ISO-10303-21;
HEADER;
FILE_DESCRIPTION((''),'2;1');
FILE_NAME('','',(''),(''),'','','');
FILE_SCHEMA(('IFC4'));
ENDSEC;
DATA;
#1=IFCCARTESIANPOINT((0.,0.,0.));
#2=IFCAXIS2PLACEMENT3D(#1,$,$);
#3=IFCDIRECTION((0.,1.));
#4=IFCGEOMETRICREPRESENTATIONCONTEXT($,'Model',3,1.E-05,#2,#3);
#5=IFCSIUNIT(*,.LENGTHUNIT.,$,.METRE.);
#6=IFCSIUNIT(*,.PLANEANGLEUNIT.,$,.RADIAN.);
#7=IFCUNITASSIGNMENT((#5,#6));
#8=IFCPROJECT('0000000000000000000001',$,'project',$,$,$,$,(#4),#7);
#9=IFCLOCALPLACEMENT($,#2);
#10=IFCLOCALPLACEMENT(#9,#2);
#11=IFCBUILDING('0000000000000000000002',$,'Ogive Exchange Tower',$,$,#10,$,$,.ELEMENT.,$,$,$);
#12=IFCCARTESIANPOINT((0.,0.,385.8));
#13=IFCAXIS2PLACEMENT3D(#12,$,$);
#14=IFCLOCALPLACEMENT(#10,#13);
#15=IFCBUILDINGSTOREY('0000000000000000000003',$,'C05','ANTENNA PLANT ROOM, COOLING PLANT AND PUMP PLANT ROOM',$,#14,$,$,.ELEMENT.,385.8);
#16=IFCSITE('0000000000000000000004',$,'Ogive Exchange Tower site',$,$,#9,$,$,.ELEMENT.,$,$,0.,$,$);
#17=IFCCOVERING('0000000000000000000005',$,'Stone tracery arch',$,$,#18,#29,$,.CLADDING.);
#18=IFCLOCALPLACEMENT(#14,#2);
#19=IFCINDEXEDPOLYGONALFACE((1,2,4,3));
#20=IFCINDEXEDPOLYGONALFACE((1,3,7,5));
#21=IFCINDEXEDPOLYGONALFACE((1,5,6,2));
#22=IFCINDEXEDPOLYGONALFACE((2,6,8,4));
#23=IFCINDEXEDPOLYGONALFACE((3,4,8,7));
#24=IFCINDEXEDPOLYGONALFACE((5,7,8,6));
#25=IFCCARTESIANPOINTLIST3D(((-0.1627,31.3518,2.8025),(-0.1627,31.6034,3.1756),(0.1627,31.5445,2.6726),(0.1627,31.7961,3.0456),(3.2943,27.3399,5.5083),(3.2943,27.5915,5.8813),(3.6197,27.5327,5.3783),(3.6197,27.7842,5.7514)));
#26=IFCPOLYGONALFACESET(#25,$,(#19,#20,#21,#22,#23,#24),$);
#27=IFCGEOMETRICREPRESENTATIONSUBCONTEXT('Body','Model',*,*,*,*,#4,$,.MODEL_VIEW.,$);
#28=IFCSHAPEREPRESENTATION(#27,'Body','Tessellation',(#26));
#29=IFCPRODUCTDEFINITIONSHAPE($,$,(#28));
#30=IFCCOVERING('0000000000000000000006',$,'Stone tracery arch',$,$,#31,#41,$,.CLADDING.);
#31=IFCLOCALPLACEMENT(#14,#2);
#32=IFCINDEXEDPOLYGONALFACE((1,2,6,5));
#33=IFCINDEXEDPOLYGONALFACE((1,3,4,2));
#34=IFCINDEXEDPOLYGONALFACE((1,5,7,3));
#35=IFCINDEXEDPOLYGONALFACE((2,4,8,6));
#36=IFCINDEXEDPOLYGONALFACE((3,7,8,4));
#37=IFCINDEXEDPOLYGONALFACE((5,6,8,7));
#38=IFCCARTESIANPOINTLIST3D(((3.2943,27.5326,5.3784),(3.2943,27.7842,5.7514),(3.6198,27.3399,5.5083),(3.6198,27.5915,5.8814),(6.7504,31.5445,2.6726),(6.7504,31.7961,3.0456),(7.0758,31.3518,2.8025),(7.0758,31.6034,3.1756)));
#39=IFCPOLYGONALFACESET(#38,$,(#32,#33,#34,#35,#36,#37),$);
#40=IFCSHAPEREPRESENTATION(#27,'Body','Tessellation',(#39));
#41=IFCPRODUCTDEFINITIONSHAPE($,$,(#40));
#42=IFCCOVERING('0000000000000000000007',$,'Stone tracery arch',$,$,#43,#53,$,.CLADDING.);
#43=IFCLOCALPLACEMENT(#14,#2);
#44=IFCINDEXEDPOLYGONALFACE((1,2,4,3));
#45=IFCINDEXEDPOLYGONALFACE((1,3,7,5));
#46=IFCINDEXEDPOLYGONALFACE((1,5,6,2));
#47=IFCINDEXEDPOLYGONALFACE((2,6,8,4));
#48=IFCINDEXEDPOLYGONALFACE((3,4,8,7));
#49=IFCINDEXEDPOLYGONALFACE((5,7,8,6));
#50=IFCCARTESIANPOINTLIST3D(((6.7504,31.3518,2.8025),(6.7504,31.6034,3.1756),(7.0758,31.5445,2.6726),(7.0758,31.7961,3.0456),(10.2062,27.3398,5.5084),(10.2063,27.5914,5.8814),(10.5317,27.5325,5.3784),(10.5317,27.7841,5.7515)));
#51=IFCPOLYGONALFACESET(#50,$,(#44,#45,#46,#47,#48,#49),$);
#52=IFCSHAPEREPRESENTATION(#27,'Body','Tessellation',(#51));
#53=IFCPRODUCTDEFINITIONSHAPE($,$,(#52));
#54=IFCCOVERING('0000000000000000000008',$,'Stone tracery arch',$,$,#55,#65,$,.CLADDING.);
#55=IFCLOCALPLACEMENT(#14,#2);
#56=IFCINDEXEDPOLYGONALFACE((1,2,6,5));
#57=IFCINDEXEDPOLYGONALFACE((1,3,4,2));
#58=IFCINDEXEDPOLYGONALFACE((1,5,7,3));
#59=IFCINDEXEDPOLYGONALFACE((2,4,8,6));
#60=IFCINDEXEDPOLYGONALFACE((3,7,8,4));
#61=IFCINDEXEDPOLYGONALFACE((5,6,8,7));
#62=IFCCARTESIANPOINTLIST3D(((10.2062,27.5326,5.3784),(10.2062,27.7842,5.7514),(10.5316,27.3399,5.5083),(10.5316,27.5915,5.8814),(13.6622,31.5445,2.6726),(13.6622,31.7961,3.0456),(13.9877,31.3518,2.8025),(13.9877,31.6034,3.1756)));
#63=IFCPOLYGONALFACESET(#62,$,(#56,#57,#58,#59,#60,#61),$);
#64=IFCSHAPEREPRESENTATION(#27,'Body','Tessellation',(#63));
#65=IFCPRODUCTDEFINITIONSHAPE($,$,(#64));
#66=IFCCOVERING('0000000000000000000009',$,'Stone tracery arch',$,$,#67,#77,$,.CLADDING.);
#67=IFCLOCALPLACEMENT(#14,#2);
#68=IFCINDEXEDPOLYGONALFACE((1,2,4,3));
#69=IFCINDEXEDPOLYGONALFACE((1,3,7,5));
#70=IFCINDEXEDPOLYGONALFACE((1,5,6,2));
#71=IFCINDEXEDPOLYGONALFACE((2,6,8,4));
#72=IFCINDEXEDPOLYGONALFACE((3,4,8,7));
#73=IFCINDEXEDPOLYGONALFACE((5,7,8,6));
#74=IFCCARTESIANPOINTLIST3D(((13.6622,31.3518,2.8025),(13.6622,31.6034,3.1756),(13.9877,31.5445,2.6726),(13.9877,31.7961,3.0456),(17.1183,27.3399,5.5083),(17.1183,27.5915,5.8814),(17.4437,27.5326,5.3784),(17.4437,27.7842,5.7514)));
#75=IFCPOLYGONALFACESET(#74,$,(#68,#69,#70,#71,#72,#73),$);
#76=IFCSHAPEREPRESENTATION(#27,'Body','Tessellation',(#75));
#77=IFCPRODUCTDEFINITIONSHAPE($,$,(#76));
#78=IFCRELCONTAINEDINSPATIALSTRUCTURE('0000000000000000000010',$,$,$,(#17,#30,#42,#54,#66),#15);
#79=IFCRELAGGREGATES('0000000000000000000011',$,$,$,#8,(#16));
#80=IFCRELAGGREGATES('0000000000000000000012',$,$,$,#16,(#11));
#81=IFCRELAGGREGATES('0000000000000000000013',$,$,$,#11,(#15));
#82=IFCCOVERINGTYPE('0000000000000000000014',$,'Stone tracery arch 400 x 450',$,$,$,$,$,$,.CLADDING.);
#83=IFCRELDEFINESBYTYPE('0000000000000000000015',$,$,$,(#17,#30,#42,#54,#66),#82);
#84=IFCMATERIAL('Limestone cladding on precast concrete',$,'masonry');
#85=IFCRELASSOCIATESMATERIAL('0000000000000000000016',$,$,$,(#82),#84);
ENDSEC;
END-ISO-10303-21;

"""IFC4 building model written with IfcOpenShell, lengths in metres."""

from ifc_helpers import new_model, si_unit, direction, frame, origin, origin_2d, place, context, subcontext, project, spatial, rectangle, extrude, material, material_profile, profile_set, type_object, element, save


model = new_model("IFC4")

# Units and contexts
model_context = context("Model", 3, precision=1e-05, world=origin(), true_north=direction((0.0, 1.0)))
body_context = subcontext(model_context, "Body", "Model", "MODEL_VIEW")
ifc_project = project(units=[si_unit("LENGTHUNIT", "METRE"), si_unit("PLANEANGLEUNIT", "RADIAN")], contexts=[model_context])

# Site, building, storey
site_placement = place(None, origin())
site = spatial("IfcSite", under=ifc_project, at=site_placement, Name="Ogive Exchange Tower site", CompositionType="ELEMENT", RefElevation=0.0)
building_placement = place(site_placement, origin())
building = spatial("IfcBuilding", under=site, at=building_placement, Name="Ogive Exchange Tower", CompositionType="ELEMENT")
storey_placement = place(building_placement, frame((0.0, 0.0, 385.8)))
storey = spatial("IfcBuildingStorey", under=building, at=storey_placement, Name="C05", Description="ANTENNA PLANT ROOM, COOLING PLANT AND PUMP PLANT ROOM", CompositionType="ELEMENT", Elevation=385.8)

# Coverings
ifc_material_1 = material(Name="Limestone cladding on precast concrete", Category="masonry")
ifc_material_profile_1 = material_profile(ifc_material_1, rectangle(XDim=0.3999, YDim=0.45, at=origin_2d()), Name="TRACERY 400 x 450")
ifc_profile_set_1 = profile_set([ifc_material_profile_1], Name="Limestone cladding on precast concrete")
covering_type_1 = type_object("IfcCoveringType", Name="Stone tracery arch 400 x 450", PredefinedType="CLADDING", material=ifc_profile_set_1)
for number, where, z_axis, x_axis, name in (
    (1, (0.0, 31.574, 2.9241), (0.581294, -0.674605, 0.454978), (0.813693, 0.481935, -0.325025), "Stone tracery arch"),
):
    element("IfcCovering", number, at=place(storey_placement, frame(where, z_axis=z_axis, x_axis=x_axis)), inside=storey, type_object=covering_type_1, Name=name, PredefinedType="CLADDING", context=body_context, shape_type="SweptSolid", body=[
        extrude(rectangle(XDim=0.3999, YDim=0.45, at=origin_2d()), origin(), (0.0, 0.0, 1.0), 5.947),
    ])
for number, where, z_axis, x_axis, name in (
    (2, (6.9131, 31.574, 2.9241), (-0.581186, -0.67467, 0.455021), (0.813771, -0.48181, 0.325017), "Stone tracery arch"),
    (3, (6.9131, 31.574, 2.9241), (0.581158, -0.674686, 0.455032), (0.81379, 0.481798, -0.324986), "Stone tracery arch"),
    (4, (13.825, 31.574, 2.9241), (-0.581186, -0.67467, 0.455021), (0.813771, -0.481829, 0.324988), "Stone tracery arch"),
    (5, (13.825, 31.574, 2.9241), (0.581186, -0.67467, 0.455021), (0.813771, 0.481829, -0.324988), "Stone tracery arch"),
):
    element("IfcCovering", number, at=place(storey_placement, frame(where, z_axis=z_axis, x_axis=x_axis)), inside=storey, type_object=covering_type_1, Name=name, PredefinedType="CLADDING", context=body_context, shape_type="SweptSolid", body=[
        extrude(rectangle(XDim=0.3999, YDim=0.45, at=origin_2d()), origin(), (0.0, 0.0, 1.0), 5.9465),
    ])

save(model, "model.ifc")
